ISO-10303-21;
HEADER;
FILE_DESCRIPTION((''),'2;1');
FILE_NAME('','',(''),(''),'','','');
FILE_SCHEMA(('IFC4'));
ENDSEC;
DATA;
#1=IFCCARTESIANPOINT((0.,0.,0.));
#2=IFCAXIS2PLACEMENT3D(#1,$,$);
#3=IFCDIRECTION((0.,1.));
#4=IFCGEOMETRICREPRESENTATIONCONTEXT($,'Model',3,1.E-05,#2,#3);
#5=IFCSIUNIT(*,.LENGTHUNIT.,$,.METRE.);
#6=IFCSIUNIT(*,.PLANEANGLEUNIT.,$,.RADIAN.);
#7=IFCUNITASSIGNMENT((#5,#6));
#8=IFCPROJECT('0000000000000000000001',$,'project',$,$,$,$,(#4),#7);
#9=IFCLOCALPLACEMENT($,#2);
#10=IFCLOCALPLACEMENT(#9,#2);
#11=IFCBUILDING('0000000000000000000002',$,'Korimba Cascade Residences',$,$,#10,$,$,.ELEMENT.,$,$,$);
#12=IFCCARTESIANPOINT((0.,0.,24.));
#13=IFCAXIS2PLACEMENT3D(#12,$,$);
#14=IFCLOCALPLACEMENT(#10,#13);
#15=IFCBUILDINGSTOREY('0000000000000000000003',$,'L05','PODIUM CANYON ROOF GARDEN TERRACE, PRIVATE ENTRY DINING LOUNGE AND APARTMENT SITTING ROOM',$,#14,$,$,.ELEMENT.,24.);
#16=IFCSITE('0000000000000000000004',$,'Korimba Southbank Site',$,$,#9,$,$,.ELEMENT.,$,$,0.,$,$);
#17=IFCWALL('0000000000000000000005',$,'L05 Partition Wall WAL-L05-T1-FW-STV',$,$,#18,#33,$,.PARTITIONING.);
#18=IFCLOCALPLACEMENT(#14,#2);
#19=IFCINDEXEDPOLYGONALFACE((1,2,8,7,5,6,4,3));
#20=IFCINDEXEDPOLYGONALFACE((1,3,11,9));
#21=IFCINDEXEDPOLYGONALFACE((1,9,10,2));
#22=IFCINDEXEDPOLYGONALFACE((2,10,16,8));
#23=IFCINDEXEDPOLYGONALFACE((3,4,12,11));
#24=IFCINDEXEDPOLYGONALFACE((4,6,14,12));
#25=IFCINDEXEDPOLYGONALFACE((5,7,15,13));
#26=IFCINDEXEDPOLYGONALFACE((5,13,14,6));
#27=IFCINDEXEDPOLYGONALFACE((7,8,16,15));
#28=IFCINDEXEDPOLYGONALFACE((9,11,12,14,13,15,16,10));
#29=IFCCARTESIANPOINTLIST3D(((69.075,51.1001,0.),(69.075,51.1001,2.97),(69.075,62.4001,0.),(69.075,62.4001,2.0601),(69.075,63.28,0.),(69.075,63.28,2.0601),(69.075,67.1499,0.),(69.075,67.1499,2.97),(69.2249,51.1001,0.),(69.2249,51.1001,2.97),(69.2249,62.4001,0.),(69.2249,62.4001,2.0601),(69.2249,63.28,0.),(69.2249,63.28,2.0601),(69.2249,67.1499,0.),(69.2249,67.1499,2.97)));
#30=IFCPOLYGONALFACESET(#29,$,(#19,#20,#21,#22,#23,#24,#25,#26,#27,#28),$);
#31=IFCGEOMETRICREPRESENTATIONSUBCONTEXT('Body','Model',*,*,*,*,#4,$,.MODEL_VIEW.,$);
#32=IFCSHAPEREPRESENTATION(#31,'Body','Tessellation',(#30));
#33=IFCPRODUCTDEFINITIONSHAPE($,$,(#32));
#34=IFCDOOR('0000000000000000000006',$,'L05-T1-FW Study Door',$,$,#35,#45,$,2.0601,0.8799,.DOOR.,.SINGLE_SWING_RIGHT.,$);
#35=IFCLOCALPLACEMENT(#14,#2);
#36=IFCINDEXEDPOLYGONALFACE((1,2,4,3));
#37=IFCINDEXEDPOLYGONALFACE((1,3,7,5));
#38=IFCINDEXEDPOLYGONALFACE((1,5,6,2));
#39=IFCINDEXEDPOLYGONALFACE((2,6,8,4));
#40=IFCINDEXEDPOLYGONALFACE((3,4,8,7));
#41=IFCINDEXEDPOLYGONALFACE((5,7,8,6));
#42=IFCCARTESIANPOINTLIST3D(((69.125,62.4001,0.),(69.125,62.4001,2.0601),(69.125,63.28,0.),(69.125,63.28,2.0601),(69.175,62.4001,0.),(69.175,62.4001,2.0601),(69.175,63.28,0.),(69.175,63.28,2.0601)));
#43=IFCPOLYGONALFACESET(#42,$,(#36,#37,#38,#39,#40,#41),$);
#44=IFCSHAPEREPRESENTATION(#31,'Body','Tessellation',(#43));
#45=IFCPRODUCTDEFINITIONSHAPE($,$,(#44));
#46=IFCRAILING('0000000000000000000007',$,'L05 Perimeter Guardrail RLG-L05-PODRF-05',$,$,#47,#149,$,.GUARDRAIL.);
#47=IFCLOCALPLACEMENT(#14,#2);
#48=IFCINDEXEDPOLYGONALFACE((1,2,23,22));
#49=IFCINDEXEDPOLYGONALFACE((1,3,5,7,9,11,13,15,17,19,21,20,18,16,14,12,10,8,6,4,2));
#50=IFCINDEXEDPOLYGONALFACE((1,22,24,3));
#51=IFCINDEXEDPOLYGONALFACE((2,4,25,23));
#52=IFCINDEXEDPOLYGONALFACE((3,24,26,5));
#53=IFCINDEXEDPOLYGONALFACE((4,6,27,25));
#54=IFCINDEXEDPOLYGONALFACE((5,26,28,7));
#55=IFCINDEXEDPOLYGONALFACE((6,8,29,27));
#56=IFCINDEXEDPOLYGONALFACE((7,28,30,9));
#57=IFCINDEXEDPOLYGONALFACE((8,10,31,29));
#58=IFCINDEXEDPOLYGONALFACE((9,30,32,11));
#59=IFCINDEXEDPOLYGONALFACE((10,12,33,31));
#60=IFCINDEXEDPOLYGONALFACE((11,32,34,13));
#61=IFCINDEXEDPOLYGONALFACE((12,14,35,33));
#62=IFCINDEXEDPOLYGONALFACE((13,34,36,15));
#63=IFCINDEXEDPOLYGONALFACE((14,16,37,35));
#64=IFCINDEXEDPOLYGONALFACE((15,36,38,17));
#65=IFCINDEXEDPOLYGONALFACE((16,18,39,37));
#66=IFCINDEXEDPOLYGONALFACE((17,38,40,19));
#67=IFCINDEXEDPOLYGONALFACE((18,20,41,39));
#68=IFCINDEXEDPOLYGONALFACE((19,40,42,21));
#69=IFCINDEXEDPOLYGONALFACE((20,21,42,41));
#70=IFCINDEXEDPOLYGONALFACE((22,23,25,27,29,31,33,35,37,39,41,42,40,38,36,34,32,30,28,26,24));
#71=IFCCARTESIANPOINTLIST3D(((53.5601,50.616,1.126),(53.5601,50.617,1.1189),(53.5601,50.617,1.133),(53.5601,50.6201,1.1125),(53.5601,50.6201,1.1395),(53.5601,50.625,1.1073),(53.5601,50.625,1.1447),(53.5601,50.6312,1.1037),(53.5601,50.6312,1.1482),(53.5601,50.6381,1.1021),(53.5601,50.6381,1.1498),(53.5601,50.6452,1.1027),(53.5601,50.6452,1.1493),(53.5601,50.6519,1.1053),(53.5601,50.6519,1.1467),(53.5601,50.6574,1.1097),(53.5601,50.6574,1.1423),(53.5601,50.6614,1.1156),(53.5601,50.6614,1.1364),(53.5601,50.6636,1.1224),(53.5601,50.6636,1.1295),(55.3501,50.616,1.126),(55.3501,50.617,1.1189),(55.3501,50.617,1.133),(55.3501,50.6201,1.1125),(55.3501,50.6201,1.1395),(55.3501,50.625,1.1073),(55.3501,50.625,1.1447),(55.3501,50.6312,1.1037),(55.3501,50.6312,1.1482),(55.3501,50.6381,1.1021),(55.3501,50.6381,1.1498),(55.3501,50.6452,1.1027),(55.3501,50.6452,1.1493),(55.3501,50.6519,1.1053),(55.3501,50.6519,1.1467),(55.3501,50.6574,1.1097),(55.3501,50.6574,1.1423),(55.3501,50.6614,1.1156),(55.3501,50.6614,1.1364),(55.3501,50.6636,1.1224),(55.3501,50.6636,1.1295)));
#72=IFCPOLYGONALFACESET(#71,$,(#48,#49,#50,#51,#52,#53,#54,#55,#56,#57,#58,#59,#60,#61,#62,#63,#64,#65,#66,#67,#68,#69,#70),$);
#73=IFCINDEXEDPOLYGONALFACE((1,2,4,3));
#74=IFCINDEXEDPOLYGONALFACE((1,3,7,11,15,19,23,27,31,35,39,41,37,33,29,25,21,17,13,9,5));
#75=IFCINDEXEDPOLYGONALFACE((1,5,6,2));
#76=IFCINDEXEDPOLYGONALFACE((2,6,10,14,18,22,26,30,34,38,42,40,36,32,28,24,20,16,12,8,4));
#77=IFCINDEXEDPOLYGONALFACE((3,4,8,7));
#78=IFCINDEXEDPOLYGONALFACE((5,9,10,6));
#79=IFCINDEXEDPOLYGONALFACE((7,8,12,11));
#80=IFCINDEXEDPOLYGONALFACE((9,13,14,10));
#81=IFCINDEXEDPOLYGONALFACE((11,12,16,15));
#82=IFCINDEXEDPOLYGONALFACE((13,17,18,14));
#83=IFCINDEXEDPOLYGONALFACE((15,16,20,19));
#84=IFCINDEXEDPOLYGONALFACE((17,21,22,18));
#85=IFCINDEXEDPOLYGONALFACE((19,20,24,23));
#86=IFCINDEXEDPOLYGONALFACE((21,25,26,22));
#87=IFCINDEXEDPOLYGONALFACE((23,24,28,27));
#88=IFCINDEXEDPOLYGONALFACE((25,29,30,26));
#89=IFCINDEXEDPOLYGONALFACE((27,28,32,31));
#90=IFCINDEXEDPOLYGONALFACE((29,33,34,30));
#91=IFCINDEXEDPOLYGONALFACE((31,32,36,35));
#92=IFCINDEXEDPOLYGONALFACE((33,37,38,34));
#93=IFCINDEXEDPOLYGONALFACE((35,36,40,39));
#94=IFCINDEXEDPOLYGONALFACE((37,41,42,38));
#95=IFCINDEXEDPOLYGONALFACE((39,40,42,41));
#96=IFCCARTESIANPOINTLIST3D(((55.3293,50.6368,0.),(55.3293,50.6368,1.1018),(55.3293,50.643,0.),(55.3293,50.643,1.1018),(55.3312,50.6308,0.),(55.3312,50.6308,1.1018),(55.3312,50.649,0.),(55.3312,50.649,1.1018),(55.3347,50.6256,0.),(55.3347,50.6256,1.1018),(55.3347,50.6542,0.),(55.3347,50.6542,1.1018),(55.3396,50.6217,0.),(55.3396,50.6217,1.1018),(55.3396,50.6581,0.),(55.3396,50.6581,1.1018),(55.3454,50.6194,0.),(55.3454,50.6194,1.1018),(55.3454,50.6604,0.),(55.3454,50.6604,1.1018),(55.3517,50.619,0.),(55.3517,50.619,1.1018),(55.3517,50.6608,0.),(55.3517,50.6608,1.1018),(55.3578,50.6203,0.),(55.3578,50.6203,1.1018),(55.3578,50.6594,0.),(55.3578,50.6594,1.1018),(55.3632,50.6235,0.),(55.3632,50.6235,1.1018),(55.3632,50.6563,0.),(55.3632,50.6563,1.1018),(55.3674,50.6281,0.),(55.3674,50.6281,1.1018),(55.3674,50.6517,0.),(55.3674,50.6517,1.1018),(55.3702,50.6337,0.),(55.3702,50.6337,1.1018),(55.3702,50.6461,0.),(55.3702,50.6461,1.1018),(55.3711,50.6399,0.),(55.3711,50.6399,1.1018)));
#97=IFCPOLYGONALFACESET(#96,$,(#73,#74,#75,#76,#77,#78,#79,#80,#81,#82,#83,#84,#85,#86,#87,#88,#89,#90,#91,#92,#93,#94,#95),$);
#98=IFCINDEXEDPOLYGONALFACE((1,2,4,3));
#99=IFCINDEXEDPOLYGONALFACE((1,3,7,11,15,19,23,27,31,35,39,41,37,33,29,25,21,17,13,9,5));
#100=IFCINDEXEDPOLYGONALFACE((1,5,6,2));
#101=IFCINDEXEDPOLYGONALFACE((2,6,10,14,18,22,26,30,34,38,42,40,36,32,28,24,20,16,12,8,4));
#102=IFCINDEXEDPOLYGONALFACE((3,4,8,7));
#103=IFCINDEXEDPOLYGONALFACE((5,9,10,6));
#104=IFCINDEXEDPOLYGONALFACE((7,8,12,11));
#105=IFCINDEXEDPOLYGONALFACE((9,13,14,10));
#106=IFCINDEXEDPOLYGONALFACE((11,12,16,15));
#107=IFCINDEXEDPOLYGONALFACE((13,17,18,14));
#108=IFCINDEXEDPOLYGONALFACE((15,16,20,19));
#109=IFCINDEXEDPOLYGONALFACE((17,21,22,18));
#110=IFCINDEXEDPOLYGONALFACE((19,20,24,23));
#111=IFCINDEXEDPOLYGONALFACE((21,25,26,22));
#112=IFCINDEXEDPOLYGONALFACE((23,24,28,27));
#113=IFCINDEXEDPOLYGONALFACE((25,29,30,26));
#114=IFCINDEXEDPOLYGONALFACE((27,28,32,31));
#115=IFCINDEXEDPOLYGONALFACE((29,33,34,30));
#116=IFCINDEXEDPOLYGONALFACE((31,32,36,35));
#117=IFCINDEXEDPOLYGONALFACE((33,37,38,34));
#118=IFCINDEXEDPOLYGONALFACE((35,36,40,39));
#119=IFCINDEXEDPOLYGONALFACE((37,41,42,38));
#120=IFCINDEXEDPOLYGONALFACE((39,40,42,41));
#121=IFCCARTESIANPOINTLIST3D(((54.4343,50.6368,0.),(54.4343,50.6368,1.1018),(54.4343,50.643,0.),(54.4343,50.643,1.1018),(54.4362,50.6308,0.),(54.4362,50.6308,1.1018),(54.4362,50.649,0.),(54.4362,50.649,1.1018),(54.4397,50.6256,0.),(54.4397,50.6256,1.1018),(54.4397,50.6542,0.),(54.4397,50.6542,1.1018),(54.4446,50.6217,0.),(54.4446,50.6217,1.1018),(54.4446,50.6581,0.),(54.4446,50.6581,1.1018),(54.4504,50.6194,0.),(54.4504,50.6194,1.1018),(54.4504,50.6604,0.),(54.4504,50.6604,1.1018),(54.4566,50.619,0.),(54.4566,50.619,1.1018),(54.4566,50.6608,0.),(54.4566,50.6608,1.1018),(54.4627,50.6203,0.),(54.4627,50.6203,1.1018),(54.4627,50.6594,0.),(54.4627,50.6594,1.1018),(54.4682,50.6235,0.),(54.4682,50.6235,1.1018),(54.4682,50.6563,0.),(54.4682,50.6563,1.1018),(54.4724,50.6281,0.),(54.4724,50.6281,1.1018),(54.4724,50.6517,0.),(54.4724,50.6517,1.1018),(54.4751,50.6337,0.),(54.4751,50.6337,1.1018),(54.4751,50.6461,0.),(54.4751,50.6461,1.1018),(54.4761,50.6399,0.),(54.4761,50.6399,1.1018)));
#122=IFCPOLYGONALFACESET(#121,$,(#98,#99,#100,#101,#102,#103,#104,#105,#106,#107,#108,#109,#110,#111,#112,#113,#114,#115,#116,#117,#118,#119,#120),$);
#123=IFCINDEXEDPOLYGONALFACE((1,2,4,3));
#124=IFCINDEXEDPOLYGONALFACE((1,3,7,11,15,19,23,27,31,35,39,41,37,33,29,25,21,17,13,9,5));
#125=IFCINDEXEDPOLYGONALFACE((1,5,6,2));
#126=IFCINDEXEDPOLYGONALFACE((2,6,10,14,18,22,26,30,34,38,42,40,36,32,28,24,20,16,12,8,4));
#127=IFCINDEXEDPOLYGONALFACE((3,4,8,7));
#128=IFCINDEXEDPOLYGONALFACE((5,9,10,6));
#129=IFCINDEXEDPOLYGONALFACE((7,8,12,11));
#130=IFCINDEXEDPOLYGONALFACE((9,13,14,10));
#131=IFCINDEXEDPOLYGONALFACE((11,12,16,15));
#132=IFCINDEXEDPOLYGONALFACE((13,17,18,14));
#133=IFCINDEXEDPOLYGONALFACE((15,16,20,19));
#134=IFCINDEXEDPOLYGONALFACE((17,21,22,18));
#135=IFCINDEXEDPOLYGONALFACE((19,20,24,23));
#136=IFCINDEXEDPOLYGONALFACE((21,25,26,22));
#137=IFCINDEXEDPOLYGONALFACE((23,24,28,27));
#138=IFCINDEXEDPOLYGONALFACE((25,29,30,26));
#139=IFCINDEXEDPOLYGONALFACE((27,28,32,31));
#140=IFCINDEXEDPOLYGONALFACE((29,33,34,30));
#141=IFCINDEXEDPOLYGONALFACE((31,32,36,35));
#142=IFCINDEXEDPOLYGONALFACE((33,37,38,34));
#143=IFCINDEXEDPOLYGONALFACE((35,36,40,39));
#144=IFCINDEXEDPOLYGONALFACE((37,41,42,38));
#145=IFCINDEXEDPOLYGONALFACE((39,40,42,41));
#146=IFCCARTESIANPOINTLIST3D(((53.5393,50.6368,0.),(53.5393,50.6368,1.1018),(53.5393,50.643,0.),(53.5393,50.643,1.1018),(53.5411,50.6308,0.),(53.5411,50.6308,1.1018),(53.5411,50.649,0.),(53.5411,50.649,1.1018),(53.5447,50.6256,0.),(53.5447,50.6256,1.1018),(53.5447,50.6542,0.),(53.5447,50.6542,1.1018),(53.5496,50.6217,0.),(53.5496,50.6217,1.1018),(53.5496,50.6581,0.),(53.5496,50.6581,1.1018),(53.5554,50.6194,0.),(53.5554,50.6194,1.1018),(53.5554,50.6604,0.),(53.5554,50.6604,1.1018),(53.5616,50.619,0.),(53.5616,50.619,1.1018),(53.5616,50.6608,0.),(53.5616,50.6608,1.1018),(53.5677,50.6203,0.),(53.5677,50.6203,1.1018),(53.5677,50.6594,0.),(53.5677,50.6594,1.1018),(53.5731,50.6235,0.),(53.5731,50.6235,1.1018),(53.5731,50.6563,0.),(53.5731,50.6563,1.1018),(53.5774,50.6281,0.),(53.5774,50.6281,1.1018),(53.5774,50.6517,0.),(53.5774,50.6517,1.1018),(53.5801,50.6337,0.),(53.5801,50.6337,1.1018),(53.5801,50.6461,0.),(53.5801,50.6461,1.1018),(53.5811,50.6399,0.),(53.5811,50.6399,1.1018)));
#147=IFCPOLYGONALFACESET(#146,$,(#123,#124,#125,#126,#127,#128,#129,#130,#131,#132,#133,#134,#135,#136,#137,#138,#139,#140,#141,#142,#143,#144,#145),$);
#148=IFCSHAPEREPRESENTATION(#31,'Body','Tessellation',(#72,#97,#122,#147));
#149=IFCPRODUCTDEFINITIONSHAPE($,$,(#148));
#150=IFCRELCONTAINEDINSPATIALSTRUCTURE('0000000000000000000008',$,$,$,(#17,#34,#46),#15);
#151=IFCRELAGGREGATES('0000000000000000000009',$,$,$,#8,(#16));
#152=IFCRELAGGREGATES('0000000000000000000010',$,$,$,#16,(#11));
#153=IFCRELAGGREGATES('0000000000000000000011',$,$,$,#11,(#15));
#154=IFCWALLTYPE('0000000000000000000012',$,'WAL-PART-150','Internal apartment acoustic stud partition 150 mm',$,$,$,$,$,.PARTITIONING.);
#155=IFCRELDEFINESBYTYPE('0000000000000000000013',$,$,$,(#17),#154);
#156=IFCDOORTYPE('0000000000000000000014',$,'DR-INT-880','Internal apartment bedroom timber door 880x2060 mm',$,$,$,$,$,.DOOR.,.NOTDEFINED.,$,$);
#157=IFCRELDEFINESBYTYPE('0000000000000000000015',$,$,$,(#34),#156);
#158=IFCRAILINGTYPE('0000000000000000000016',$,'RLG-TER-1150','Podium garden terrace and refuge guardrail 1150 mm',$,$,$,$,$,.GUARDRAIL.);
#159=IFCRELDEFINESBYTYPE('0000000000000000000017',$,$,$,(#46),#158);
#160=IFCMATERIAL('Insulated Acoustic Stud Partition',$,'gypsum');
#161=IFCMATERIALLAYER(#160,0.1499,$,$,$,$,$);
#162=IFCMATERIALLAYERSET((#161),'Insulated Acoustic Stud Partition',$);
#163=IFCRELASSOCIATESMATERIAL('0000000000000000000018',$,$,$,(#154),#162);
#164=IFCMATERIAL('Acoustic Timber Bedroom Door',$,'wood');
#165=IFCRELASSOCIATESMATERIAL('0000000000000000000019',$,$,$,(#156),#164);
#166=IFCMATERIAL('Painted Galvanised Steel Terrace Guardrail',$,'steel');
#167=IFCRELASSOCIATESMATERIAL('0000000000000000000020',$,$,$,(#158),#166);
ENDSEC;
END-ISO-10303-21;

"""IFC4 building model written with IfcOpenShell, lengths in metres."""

from ifc_helpers import new_model, si_unit, direction, frame, frame_2d, origin, origin_2d, place, context, subcontext, project, spatial, rectangle, circle, extrude, material, layer, layer_set, type_object, element, fill, save


model = new_model("IFC4")

# Units and contexts
model_context = context("Model", 3, precision=1e-05, world=origin(), true_north=direction((0.0, 1.0)))
body_context = subcontext(model_context, "Body", "Model", "MODEL_VIEW")
ifc_project = project(units=[si_unit("LENGTHUNIT", "METRE"), si_unit("PLANEANGLEUNIT", "RADIAN")], contexts=[model_context])

# Site, building, storey
site_placement = place(None, origin())
site = spatial("IfcSite", under=ifc_project, at=site_placement, Name="Korimba Southbank Site", CompositionType="ELEMENT", RefElevation=0.0)
building_placement = place(site_placement, origin())
building = spatial("IfcBuilding", under=site, at=building_placement, Name="Korimba Cascade Residences", CompositionType="ELEMENT")
storey_placement = place(building_placement, frame((0.0, 0.0, 24.0)))
storey = spatial("IfcBuildingStorey", under=building, at=storey_placement, Name="L05", Description="PODIUM CANYON ROOF GARDEN TERRACE, PRIVATE ENTRY DINING LOUNGE AND APARTMENT SITTING ROOM", CompositionType="ELEMENT", Elevation=24.0)

# Wall, opening, door
ifc_material_1 = material(Name="Insulated Acoustic Stud Partition", Category="gypsum")
ifc_layer_1 = layer(ifc_material_1, 0.1499)
ifc_layer_set_1 = layer_set([ifc_layer_1], Name="Insulated Acoustic Stud Partition")
wall_type_1 = type_object("IfcWallType", Name="WAL-PART-150", Description="Internal apartment acoustic stud partition 150 mm", PredefinedType="PARTITIONING", material=ifc_layer_set_1)
wall_1_placement = place(storey_placement, frame((69.1499, 51.1001, 0.0), z_axis=(0.0, 0.0, 1.0), x_axis=(0.0, 1.0, 0.0)))
wall_1 = element("IfcWall", 1, at=wall_1_placement, inside=storey, type_object=wall_type_1, Name="L05 Partition Wall WAL-L05-T1-FW-STV", PredefinedType="PARTITIONING", context=body_context, shape_type="SweptSolid", body=[
    extrude(rectangle(XDim=16.0498, YDim=0.1499, at=frame_2d((8.0249, 0.0))), origin(), (0.0, 0.0, 1.0), 2.97),
])
opening_1_placement = place(wall_1_placement, frame((11.3, 0.0, 0.0)))
opening_1 = element("IfcOpeningElement", 2, at=opening_1_placement, cuts=wall_1, PredefinedType="OPENING", context=body_context, shape_type="SweptSolid", body=[
    extrude(rectangle(XDim=0.8799, YDim=2.0601, at=frame_2d((0.4399, 1.03))), frame((0.0, 0.085, 0.0), z_axis=(0.0, -1.0, 0.0), x_axis=(1.0, 0.0, 0.0)), (0.0, 0.0, 1.0), 0.1699),
])
ifc_material_2 = material(Name="Acoustic Timber Bedroom Door", Category="wood")
door_type_1 = type_object("IfcDoorType", Name="DR-INT-880", Description="Internal apartment bedroom timber door 880x2060 mm", OperationType="NOTDEFINED", PredefinedType="DOOR", material=ifc_material_2)
door_1_placement = place(opening_1_placement, origin())
door_1 = element("IfcDoor", 3, at=door_1_placement, inside=storey, type_object=door_type_1, Name="L05-T1-FW Study Door", OperationType="SINGLE_SWING_RIGHT", OverallHeight=2.0601, OverallWidth=0.8799, PredefinedType="DOOR", context=body_context, shape_type="SweptSolid", body=[
    extrude(rectangle(XDim=0.8799, YDim=2.0601, at=frame_2d((0.4399, 1.03))), frame((0.0, 0.0249, 0.0), z_axis=(0.0, -1.0, 0.0), x_axis=(1.0, 0.0, 0.0)), (0.0, 0.0, 1.0), 0.05),
])
fill(opening_1, door_1)

# Railing
ifc_material_3 = material(Name="Painted Galvanised Steel Terrace Guardrail", Category="steel")
railing_type = type_object("IfcRailingType", Name="RLG-TER-1150", Description="Podium garden terrace and refuge guardrail 1150 mm", PredefinedType="GUARDRAIL", material=ifc_material_3)
railing_1_placement = place(storey_placement, frame((55.3501, 50.6399, 0.0)))
element("IfcRailing", 4, at=railing_1_placement, inside=storey, type_object=railing_type, Name="L05 Perimeter Guardrail RLG-L05-PODRF-05", PredefinedType="GUARDRAIL", context=body_context, shape_type="SweptSolid", body=[
    extrude(circle(Radius=0.0239, at=origin_2d()), frame((0.0, 0.0, 1.126), z_axis=(-1.0, 0.0, 0.0), x_axis=(0.0, -1.0, 0.0)), (0.0, 0.0, 1.0), 1.79),
    extrude(circle(Radius=0.021, at=origin_2d()), origin(), (0.0, 0.0, 1.0), 1.1018),
    extrude(circle(Radius=0.021, at=origin_2d()), frame((-0.895, 0.0, 0.0)), (0.0, 0.0, 1.0), 1.1018),
    extrude(circle(Radius=0.021, at=origin_2d()), frame((-1.79, 0.0, 0.0)), (0.0, 0.0, 1.0), 1.1018),
])

save(model, "model.ifc")
